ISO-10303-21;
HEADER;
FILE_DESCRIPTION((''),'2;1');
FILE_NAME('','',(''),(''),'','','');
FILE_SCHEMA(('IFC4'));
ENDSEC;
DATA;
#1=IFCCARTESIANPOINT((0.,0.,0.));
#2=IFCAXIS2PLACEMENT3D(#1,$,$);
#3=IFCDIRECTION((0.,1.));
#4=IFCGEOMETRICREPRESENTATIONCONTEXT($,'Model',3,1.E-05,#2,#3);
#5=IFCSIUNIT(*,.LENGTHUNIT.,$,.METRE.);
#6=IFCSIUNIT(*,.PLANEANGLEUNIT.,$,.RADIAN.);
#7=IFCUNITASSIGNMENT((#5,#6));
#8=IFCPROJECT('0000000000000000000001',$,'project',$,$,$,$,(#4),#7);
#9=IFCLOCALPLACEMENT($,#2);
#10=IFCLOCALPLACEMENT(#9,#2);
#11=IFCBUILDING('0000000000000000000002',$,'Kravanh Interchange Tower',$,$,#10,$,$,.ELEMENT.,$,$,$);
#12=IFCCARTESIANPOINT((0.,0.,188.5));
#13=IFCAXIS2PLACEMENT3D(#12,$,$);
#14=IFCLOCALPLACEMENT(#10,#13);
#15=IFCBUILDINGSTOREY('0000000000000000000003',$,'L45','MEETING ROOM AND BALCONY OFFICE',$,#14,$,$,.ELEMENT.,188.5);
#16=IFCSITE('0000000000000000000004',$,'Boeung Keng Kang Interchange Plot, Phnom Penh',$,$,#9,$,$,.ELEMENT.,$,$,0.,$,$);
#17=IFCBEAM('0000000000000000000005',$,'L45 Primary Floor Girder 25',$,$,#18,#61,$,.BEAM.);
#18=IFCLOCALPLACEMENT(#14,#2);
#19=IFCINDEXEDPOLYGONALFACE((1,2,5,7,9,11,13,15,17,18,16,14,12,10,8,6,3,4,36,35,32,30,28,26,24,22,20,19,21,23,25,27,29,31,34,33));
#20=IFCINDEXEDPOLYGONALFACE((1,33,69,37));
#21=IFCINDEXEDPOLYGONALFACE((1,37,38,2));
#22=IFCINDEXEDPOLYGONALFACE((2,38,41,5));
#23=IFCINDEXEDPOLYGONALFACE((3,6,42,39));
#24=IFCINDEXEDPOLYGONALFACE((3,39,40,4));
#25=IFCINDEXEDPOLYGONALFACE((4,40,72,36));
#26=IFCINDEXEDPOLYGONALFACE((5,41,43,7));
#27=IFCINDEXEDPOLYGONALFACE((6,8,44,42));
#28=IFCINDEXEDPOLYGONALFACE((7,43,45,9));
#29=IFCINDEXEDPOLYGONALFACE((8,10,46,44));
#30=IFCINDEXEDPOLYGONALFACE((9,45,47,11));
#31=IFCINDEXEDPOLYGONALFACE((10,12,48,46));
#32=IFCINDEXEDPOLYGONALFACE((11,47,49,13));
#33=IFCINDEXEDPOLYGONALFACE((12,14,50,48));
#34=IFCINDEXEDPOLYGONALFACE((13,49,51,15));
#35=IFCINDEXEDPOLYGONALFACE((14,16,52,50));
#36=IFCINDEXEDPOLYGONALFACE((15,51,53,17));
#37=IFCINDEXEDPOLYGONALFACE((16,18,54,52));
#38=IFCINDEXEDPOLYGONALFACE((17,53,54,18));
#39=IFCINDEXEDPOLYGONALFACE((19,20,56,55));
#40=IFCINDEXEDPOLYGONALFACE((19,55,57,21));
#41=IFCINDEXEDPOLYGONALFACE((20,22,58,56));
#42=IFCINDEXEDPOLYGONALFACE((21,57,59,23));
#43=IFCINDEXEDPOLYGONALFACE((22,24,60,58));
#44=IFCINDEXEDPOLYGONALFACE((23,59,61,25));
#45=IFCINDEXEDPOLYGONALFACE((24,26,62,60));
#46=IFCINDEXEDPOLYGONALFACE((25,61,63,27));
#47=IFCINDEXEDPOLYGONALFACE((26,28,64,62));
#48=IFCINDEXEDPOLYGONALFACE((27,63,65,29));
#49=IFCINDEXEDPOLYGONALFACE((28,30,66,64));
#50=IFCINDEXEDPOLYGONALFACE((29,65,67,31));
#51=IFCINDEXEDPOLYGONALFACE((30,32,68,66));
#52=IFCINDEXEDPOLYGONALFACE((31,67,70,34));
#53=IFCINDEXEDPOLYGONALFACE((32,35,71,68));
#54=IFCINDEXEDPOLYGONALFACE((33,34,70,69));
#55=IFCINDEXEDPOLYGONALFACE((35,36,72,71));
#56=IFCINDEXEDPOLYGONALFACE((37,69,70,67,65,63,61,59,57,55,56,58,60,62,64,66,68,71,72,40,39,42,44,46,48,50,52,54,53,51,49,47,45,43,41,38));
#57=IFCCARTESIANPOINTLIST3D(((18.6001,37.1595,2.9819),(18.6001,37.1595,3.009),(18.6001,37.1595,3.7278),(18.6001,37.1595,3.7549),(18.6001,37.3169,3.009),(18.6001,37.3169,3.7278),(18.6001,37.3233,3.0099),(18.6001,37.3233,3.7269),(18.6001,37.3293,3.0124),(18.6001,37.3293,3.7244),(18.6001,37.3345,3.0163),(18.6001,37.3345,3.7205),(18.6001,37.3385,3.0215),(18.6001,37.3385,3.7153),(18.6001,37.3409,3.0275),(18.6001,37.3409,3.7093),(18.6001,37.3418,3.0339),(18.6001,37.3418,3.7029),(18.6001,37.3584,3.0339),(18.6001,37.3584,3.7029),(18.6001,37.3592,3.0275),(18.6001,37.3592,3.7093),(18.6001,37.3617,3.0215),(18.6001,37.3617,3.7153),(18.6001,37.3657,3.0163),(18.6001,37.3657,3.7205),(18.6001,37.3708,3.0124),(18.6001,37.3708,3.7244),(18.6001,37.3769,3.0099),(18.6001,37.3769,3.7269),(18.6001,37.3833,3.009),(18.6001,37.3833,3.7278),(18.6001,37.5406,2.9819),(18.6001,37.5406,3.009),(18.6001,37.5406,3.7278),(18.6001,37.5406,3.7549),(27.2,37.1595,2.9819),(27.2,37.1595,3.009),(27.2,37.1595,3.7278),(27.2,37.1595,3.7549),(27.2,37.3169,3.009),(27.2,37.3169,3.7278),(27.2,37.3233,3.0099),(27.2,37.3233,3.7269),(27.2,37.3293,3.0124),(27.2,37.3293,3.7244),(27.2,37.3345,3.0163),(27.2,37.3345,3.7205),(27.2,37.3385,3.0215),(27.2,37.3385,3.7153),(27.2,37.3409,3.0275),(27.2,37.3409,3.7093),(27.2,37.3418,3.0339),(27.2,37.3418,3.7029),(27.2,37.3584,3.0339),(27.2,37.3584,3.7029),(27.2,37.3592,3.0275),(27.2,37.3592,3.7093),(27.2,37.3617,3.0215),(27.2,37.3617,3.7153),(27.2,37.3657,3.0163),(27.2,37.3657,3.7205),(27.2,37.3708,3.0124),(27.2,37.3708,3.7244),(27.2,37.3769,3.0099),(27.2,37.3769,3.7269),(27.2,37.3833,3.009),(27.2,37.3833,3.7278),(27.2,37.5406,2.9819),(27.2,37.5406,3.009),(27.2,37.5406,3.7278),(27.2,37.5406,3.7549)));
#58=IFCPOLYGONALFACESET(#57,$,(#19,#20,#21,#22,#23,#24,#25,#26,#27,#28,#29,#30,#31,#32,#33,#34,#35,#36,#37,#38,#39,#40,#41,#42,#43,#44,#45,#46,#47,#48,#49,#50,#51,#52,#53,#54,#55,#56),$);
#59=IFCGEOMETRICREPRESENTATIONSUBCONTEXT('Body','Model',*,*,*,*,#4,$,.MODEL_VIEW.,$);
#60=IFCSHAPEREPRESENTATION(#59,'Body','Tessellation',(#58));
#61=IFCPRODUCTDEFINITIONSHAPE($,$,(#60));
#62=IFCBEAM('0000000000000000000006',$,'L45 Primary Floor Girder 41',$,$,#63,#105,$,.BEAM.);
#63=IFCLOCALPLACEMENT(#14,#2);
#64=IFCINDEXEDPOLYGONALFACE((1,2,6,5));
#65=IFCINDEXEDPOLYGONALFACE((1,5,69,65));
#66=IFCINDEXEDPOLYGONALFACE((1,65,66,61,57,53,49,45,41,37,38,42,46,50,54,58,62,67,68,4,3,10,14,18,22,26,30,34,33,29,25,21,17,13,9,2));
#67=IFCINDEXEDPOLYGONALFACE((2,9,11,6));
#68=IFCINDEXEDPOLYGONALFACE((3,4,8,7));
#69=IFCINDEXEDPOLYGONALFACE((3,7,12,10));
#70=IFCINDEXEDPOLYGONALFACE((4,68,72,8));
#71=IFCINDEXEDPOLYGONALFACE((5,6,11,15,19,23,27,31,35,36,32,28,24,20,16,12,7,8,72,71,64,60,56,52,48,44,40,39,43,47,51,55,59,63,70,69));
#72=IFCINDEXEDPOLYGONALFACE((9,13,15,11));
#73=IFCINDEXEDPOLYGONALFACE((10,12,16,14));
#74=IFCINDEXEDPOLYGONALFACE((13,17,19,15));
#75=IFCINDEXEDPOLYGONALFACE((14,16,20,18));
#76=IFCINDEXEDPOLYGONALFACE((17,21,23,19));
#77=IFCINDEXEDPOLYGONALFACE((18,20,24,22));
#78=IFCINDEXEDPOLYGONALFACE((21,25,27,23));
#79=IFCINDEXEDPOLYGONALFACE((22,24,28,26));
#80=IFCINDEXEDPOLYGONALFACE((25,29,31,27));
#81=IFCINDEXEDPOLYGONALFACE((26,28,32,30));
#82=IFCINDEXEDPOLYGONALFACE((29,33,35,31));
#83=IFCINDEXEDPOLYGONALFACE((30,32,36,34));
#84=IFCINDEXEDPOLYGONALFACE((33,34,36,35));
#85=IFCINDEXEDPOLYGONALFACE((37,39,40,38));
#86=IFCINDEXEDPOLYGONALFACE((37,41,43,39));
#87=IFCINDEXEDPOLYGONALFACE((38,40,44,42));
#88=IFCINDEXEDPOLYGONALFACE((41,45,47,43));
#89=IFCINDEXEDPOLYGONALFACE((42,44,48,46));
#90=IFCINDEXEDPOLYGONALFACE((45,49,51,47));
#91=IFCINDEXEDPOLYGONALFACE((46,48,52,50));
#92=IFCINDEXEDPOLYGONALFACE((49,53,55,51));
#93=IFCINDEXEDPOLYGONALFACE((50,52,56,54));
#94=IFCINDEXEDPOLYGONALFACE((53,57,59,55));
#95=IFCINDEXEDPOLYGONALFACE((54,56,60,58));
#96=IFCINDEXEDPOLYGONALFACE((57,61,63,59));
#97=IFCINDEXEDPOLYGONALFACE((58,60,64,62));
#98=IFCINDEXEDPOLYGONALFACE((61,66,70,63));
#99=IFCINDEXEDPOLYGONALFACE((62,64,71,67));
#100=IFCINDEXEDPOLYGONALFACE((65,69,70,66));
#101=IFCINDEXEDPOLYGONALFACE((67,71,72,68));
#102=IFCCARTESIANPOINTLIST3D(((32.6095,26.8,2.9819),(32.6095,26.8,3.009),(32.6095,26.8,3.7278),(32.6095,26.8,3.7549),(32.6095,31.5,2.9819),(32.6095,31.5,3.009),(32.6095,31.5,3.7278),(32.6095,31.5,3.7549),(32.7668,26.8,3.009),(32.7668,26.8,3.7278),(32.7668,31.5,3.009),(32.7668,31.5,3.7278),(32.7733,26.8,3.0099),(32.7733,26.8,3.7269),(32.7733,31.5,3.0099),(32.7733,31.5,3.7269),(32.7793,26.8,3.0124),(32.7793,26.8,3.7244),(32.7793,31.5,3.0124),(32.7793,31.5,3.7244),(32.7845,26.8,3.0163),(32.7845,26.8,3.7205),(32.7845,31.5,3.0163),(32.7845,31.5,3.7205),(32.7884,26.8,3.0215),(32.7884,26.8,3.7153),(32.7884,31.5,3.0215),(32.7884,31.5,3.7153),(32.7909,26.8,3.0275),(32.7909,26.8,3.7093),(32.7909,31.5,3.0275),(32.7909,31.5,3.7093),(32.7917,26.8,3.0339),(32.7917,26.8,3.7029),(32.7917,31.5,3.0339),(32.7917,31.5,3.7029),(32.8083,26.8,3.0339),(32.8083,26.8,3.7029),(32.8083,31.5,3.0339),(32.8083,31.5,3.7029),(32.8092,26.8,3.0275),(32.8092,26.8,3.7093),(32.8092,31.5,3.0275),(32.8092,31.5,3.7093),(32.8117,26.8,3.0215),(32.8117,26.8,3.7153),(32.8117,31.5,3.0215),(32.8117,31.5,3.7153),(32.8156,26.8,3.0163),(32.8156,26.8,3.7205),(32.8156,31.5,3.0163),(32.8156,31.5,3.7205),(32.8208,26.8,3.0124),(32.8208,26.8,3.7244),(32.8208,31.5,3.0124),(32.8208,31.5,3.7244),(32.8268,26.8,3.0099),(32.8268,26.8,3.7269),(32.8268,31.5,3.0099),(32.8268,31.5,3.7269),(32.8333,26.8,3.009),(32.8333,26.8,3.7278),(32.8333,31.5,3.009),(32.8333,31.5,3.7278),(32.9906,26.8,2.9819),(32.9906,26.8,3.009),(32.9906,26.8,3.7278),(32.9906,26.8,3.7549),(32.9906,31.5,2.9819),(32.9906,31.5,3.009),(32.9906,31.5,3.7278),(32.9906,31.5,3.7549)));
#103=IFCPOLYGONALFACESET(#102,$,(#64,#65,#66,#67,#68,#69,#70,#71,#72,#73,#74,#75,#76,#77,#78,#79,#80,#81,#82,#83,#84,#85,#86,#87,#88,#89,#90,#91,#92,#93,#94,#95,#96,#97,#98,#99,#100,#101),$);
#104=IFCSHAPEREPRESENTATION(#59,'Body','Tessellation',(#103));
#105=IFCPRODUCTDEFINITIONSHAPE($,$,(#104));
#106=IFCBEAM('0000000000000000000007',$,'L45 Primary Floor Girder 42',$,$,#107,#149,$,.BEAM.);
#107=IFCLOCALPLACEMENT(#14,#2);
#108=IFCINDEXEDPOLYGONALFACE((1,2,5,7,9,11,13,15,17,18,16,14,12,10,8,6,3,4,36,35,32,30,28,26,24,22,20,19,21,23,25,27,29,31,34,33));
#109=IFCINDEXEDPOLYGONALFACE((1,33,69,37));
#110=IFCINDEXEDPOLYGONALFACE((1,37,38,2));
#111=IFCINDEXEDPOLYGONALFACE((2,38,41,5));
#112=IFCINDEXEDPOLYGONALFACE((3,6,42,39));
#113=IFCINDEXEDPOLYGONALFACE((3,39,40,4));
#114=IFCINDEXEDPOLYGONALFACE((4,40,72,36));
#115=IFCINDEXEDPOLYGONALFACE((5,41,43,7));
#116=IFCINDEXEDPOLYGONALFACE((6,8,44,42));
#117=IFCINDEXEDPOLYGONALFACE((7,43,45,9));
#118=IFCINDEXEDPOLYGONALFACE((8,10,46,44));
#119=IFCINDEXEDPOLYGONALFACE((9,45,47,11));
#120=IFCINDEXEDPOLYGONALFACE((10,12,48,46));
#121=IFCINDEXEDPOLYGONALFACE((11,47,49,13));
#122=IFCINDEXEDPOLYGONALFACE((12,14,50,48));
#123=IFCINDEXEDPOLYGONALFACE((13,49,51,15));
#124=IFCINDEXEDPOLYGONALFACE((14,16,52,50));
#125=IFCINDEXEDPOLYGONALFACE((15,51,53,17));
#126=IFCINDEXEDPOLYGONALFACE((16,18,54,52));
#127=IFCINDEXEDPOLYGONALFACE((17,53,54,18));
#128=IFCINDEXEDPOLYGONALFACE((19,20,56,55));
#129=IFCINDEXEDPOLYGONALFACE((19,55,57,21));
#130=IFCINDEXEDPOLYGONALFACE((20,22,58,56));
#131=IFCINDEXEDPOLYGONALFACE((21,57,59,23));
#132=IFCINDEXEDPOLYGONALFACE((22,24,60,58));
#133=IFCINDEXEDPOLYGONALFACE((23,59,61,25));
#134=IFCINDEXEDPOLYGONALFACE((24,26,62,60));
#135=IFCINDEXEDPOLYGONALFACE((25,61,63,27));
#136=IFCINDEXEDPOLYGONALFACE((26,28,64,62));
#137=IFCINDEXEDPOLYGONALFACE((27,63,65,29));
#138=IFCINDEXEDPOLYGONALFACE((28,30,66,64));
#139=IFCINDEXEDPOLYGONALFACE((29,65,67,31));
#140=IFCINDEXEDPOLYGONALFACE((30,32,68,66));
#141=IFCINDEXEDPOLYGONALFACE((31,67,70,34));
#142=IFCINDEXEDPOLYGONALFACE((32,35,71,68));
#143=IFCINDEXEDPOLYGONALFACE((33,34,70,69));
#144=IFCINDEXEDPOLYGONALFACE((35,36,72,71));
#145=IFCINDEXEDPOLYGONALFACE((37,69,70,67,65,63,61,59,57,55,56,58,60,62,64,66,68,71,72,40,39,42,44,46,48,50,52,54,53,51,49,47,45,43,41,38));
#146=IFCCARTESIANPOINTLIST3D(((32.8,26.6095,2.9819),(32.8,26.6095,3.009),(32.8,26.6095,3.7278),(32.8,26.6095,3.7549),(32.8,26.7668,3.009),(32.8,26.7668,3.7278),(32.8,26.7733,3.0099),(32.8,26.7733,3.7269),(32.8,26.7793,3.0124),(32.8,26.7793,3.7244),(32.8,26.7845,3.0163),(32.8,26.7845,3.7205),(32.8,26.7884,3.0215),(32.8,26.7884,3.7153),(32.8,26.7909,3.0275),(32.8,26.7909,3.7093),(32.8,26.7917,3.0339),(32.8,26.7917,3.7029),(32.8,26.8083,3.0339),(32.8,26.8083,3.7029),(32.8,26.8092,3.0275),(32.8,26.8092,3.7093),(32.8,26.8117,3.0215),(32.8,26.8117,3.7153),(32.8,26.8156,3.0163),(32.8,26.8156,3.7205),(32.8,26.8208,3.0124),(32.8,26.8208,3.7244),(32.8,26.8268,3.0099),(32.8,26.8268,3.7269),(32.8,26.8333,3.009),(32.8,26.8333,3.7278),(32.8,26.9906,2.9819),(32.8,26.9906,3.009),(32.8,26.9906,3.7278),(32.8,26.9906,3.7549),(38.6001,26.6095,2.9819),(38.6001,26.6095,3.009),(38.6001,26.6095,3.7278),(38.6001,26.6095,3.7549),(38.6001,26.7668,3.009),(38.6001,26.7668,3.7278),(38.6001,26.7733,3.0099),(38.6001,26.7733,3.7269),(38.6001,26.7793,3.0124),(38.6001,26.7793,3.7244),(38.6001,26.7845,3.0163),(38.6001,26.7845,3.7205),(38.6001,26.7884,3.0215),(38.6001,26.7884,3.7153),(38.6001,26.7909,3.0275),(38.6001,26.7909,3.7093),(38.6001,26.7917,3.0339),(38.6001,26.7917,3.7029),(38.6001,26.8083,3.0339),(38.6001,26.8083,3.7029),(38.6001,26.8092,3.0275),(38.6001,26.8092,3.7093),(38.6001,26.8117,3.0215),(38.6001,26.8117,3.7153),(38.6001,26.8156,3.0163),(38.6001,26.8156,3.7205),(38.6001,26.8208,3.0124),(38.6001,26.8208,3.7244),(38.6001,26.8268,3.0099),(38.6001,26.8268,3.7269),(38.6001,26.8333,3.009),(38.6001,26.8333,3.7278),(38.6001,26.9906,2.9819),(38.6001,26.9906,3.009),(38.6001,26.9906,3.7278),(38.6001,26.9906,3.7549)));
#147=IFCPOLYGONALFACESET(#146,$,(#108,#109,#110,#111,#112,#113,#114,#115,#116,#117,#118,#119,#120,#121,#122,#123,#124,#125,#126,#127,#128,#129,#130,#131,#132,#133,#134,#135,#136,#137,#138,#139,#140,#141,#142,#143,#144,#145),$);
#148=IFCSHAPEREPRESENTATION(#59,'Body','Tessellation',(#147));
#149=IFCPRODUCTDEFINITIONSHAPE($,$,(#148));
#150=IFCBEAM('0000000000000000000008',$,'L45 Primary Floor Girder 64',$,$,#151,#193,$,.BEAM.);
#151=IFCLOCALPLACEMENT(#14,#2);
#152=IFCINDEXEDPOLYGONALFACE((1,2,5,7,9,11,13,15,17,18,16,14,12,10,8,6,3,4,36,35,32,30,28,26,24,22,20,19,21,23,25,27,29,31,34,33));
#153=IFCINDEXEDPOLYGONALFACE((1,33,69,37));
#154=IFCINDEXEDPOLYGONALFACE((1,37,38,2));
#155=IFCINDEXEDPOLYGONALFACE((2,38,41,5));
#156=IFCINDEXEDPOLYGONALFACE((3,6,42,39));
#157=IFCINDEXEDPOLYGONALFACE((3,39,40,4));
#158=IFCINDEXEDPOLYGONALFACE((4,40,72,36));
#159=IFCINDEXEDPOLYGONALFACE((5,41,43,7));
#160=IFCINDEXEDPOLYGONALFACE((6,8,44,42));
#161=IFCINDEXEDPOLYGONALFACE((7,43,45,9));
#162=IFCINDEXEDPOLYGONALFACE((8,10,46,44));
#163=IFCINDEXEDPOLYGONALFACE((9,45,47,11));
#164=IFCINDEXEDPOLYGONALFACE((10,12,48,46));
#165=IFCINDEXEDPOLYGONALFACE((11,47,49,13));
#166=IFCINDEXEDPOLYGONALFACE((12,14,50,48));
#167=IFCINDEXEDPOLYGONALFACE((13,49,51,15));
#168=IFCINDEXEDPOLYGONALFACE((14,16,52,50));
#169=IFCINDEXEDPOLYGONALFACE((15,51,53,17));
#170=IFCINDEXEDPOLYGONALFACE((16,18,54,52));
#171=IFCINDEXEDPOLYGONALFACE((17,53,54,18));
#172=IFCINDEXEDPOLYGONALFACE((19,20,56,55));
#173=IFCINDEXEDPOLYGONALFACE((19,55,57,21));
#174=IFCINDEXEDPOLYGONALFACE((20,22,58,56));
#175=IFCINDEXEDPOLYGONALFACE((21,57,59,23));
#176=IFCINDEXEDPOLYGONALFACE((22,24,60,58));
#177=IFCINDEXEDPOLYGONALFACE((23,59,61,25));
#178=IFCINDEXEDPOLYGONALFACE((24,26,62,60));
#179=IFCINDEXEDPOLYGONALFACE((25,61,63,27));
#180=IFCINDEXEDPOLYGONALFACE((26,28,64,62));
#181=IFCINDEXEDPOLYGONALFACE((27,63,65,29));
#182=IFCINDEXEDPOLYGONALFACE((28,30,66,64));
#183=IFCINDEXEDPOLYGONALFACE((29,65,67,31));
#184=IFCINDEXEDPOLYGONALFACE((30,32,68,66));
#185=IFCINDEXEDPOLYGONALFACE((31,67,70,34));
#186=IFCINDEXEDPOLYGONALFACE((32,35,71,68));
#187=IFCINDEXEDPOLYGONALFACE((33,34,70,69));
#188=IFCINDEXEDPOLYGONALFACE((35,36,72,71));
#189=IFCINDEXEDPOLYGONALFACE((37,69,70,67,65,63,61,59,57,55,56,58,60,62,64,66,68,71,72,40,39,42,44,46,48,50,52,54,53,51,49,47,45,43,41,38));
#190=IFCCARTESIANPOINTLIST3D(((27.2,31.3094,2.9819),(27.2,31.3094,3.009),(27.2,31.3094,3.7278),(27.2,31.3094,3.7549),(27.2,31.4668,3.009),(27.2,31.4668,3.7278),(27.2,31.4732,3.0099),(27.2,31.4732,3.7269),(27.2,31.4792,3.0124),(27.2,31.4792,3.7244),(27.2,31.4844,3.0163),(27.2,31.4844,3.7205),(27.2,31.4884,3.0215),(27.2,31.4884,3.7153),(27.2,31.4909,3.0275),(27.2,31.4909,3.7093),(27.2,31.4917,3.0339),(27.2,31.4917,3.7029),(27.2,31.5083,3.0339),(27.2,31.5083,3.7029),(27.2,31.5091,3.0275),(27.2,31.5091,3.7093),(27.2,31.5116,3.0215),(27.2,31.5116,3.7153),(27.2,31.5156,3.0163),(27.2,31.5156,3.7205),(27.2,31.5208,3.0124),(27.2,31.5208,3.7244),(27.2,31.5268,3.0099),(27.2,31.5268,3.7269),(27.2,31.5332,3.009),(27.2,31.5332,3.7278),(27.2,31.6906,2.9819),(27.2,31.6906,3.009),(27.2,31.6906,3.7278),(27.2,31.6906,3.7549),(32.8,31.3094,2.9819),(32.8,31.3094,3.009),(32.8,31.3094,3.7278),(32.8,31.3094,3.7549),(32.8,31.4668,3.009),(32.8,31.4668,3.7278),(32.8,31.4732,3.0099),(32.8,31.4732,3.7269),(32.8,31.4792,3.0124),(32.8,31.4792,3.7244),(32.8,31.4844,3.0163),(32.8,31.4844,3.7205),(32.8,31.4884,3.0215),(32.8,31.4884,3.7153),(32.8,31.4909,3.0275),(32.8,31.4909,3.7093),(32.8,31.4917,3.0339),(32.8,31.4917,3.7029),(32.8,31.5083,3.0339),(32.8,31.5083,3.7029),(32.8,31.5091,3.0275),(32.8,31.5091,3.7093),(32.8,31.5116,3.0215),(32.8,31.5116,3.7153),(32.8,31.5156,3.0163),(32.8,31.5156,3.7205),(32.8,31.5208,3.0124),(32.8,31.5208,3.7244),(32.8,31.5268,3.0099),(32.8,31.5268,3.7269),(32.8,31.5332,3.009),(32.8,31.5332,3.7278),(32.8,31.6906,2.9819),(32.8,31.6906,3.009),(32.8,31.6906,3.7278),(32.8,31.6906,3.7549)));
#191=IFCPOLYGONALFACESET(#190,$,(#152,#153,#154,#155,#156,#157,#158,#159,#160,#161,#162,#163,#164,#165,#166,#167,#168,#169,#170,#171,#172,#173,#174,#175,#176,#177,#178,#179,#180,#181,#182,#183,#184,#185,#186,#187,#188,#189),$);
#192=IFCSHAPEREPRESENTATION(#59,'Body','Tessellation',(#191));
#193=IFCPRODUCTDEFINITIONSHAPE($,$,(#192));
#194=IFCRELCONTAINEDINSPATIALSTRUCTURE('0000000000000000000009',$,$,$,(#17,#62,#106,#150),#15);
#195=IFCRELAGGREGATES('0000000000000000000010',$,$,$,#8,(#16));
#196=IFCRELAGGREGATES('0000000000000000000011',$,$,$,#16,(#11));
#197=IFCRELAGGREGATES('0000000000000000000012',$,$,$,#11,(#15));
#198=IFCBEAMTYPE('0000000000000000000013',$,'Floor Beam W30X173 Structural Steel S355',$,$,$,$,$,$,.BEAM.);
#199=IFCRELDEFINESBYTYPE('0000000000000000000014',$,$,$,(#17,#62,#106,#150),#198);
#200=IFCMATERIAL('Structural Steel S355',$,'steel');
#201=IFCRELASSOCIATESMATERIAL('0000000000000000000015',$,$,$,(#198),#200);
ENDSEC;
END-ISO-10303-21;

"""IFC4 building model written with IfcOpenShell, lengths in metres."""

from ifc_helpers import new_model, si_unit, direction, frame, origin, origin_2d, place, context, subcontext, project, spatial, i_section, extrude, material, material_profile, profile_set, type_object, element, save


model = new_model("IFC4")

# Units and contexts
model_context = context("Model", 3, precision=1e-05, world=origin(), true_north=direction((0.0, 1.0)))
body_context = subcontext(model_context, "Body", "Model", "MODEL_VIEW")
ifc_project = project(units=[si_unit("LENGTHUNIT", "METRE"), si_unit("PLANEANGLEUNIT", "RADIAN")], contexts=[model_context])

# Site, building, storey
site_placement = place(None, origin())
site = spatial("IfcSite", under=ifc_project, at=site_placement, Name="Boeung Keng Kang Interchange Plot, Phnom Penh", CompositionType="ELEMENT", RefElevation=0.0)
building_placement = place(site_placement, origin())
building = spatial("IfcBuilding", under=site, at=building_placement, Name="Kravanh Interchange Tower", CompositionType="ELEMENT")
storey_placement = place(building_placement, frame((0.0, 0.0, 188.5)))
storey = spatial("IfcBuildingStorey", under=building, at=storey_placement, Name="L45", Description="MEETING ROOM AND BALCONY OFFICE", CompositionType="ELEMENT", Elevation=188.5)

# Beams
ifc_material_1 = material(Name="Structural Steel S355", Category="steel")
ifc_material_profile_1 = material_profile(ifc_material_1, i_section(OverallWidth=0.3811, OverallDepth=0.7729, WebThickness=0.0166, FlangeThickness=0.0271, FilletRadius=0.0249, at=origin_2d()), Name="W30X173")
ifc_profile_set_1 = profile_set([ifc_material_profile_1], Name="Structural Steel S355")
beam_type_1 = type_object("IfcBeamType", Name="Floor Beam W30X173 Structural Steel S355", PredefinedType="BEAM", material=ifc_profile_set_1)
beam_1_placement = place(storey_placement, frame((27.2, 37.3501, 3.3684), z_axis=(-1.0, 0.0, 0.0), x_axis=(0.0, -1.0, 0.0)))
element("IfcBeam", 1, at=beam_1_placement, inside=storey, type_object=beam_type_1, Name="L45 Primary Floor Girder 25", PredefinedType="BEAM", context=body_context, shape_type="SweptSolid", body=[
    extrude(i_section(OverallWidth=0.3811, OverallDepth=0.7729, WebThickness=0.0166, FlangeThickness=0.0271, FilletRadius=0.0249, at=origin_2d()), origin(), (0.0, 0.0, 1.0), 8.5999),
])
beam_2_placement = place(storey_placement, frame((32.8, 26.8, 3.3684), z_axis=(0.0, 1.0, 0.0), x_axis=(-1.0, 0.0, 0.0)))
element("IfcBeam", 2, at=beam_2_placement, inside=storey, type_object=beam_type_1, Name="L45 Primary Floor Girder 41", PredefinedType="BEAM", context=body_context, shape_type="SweptSolid", body=[
    extrude(i_section(OverallWidth=0.3811, OverallDepth=0.7729, WebThickness=0.0166, FlangeThickness=0.0271, FilletRadius=0.0249, at=origin_2d()), origin(), (0.0, 0.0, 1.0), 4.7),
])
beam_3_placement = place(storey_placement, frame((32.8, 26.8, 3.3684), z_axis=(1.0, 0.0, 0.0), x_axis=(0.0, 1.0, 0.0)))
element("IfcBeam", 3, at=beam_3_placement, inside=storey, type_object=beam_type_1, Name="L45 Primary Floor Girder 42", PredefinedType="BEAM", context=body_context, shape_type="SweptSolid", body=[
    extrude(i_section(OverallWidth=0.3811, OverallDepth=0.7729, WebThickness=0.0166, FlangeThickness=0.0271, FilletRadius=0.0249, at=origin_2d()), origin(), (0.0, 0.0, 1.0), 5.8),
])
beam_4_placement = place(storey_placement, frame((27.2, 31.5, 3.3684), z_axis=(1.0, 0.0, 0.0), x_axis=(0.0, 1.0, 0.0)))
element("IfcBeam", 4, at=beam_4_placement, inside=storey, type_object=beam_type_1, Name="L45 Primary Floor Girder 64", PredefinedType="BEAM", context=body_context, shape_type="SweptSolid", body=[
    extrude(i_section(OverallWidth=0.3811, OverallDepth=0.7729, WebThickness=0.0166, FlangeThickness=0.0271, FilletRadius=0.0249, at=origin_2d()), origin(), (0.0, 0.0, 1.0), 5.6001),
])

save(model, "model.ifc")
